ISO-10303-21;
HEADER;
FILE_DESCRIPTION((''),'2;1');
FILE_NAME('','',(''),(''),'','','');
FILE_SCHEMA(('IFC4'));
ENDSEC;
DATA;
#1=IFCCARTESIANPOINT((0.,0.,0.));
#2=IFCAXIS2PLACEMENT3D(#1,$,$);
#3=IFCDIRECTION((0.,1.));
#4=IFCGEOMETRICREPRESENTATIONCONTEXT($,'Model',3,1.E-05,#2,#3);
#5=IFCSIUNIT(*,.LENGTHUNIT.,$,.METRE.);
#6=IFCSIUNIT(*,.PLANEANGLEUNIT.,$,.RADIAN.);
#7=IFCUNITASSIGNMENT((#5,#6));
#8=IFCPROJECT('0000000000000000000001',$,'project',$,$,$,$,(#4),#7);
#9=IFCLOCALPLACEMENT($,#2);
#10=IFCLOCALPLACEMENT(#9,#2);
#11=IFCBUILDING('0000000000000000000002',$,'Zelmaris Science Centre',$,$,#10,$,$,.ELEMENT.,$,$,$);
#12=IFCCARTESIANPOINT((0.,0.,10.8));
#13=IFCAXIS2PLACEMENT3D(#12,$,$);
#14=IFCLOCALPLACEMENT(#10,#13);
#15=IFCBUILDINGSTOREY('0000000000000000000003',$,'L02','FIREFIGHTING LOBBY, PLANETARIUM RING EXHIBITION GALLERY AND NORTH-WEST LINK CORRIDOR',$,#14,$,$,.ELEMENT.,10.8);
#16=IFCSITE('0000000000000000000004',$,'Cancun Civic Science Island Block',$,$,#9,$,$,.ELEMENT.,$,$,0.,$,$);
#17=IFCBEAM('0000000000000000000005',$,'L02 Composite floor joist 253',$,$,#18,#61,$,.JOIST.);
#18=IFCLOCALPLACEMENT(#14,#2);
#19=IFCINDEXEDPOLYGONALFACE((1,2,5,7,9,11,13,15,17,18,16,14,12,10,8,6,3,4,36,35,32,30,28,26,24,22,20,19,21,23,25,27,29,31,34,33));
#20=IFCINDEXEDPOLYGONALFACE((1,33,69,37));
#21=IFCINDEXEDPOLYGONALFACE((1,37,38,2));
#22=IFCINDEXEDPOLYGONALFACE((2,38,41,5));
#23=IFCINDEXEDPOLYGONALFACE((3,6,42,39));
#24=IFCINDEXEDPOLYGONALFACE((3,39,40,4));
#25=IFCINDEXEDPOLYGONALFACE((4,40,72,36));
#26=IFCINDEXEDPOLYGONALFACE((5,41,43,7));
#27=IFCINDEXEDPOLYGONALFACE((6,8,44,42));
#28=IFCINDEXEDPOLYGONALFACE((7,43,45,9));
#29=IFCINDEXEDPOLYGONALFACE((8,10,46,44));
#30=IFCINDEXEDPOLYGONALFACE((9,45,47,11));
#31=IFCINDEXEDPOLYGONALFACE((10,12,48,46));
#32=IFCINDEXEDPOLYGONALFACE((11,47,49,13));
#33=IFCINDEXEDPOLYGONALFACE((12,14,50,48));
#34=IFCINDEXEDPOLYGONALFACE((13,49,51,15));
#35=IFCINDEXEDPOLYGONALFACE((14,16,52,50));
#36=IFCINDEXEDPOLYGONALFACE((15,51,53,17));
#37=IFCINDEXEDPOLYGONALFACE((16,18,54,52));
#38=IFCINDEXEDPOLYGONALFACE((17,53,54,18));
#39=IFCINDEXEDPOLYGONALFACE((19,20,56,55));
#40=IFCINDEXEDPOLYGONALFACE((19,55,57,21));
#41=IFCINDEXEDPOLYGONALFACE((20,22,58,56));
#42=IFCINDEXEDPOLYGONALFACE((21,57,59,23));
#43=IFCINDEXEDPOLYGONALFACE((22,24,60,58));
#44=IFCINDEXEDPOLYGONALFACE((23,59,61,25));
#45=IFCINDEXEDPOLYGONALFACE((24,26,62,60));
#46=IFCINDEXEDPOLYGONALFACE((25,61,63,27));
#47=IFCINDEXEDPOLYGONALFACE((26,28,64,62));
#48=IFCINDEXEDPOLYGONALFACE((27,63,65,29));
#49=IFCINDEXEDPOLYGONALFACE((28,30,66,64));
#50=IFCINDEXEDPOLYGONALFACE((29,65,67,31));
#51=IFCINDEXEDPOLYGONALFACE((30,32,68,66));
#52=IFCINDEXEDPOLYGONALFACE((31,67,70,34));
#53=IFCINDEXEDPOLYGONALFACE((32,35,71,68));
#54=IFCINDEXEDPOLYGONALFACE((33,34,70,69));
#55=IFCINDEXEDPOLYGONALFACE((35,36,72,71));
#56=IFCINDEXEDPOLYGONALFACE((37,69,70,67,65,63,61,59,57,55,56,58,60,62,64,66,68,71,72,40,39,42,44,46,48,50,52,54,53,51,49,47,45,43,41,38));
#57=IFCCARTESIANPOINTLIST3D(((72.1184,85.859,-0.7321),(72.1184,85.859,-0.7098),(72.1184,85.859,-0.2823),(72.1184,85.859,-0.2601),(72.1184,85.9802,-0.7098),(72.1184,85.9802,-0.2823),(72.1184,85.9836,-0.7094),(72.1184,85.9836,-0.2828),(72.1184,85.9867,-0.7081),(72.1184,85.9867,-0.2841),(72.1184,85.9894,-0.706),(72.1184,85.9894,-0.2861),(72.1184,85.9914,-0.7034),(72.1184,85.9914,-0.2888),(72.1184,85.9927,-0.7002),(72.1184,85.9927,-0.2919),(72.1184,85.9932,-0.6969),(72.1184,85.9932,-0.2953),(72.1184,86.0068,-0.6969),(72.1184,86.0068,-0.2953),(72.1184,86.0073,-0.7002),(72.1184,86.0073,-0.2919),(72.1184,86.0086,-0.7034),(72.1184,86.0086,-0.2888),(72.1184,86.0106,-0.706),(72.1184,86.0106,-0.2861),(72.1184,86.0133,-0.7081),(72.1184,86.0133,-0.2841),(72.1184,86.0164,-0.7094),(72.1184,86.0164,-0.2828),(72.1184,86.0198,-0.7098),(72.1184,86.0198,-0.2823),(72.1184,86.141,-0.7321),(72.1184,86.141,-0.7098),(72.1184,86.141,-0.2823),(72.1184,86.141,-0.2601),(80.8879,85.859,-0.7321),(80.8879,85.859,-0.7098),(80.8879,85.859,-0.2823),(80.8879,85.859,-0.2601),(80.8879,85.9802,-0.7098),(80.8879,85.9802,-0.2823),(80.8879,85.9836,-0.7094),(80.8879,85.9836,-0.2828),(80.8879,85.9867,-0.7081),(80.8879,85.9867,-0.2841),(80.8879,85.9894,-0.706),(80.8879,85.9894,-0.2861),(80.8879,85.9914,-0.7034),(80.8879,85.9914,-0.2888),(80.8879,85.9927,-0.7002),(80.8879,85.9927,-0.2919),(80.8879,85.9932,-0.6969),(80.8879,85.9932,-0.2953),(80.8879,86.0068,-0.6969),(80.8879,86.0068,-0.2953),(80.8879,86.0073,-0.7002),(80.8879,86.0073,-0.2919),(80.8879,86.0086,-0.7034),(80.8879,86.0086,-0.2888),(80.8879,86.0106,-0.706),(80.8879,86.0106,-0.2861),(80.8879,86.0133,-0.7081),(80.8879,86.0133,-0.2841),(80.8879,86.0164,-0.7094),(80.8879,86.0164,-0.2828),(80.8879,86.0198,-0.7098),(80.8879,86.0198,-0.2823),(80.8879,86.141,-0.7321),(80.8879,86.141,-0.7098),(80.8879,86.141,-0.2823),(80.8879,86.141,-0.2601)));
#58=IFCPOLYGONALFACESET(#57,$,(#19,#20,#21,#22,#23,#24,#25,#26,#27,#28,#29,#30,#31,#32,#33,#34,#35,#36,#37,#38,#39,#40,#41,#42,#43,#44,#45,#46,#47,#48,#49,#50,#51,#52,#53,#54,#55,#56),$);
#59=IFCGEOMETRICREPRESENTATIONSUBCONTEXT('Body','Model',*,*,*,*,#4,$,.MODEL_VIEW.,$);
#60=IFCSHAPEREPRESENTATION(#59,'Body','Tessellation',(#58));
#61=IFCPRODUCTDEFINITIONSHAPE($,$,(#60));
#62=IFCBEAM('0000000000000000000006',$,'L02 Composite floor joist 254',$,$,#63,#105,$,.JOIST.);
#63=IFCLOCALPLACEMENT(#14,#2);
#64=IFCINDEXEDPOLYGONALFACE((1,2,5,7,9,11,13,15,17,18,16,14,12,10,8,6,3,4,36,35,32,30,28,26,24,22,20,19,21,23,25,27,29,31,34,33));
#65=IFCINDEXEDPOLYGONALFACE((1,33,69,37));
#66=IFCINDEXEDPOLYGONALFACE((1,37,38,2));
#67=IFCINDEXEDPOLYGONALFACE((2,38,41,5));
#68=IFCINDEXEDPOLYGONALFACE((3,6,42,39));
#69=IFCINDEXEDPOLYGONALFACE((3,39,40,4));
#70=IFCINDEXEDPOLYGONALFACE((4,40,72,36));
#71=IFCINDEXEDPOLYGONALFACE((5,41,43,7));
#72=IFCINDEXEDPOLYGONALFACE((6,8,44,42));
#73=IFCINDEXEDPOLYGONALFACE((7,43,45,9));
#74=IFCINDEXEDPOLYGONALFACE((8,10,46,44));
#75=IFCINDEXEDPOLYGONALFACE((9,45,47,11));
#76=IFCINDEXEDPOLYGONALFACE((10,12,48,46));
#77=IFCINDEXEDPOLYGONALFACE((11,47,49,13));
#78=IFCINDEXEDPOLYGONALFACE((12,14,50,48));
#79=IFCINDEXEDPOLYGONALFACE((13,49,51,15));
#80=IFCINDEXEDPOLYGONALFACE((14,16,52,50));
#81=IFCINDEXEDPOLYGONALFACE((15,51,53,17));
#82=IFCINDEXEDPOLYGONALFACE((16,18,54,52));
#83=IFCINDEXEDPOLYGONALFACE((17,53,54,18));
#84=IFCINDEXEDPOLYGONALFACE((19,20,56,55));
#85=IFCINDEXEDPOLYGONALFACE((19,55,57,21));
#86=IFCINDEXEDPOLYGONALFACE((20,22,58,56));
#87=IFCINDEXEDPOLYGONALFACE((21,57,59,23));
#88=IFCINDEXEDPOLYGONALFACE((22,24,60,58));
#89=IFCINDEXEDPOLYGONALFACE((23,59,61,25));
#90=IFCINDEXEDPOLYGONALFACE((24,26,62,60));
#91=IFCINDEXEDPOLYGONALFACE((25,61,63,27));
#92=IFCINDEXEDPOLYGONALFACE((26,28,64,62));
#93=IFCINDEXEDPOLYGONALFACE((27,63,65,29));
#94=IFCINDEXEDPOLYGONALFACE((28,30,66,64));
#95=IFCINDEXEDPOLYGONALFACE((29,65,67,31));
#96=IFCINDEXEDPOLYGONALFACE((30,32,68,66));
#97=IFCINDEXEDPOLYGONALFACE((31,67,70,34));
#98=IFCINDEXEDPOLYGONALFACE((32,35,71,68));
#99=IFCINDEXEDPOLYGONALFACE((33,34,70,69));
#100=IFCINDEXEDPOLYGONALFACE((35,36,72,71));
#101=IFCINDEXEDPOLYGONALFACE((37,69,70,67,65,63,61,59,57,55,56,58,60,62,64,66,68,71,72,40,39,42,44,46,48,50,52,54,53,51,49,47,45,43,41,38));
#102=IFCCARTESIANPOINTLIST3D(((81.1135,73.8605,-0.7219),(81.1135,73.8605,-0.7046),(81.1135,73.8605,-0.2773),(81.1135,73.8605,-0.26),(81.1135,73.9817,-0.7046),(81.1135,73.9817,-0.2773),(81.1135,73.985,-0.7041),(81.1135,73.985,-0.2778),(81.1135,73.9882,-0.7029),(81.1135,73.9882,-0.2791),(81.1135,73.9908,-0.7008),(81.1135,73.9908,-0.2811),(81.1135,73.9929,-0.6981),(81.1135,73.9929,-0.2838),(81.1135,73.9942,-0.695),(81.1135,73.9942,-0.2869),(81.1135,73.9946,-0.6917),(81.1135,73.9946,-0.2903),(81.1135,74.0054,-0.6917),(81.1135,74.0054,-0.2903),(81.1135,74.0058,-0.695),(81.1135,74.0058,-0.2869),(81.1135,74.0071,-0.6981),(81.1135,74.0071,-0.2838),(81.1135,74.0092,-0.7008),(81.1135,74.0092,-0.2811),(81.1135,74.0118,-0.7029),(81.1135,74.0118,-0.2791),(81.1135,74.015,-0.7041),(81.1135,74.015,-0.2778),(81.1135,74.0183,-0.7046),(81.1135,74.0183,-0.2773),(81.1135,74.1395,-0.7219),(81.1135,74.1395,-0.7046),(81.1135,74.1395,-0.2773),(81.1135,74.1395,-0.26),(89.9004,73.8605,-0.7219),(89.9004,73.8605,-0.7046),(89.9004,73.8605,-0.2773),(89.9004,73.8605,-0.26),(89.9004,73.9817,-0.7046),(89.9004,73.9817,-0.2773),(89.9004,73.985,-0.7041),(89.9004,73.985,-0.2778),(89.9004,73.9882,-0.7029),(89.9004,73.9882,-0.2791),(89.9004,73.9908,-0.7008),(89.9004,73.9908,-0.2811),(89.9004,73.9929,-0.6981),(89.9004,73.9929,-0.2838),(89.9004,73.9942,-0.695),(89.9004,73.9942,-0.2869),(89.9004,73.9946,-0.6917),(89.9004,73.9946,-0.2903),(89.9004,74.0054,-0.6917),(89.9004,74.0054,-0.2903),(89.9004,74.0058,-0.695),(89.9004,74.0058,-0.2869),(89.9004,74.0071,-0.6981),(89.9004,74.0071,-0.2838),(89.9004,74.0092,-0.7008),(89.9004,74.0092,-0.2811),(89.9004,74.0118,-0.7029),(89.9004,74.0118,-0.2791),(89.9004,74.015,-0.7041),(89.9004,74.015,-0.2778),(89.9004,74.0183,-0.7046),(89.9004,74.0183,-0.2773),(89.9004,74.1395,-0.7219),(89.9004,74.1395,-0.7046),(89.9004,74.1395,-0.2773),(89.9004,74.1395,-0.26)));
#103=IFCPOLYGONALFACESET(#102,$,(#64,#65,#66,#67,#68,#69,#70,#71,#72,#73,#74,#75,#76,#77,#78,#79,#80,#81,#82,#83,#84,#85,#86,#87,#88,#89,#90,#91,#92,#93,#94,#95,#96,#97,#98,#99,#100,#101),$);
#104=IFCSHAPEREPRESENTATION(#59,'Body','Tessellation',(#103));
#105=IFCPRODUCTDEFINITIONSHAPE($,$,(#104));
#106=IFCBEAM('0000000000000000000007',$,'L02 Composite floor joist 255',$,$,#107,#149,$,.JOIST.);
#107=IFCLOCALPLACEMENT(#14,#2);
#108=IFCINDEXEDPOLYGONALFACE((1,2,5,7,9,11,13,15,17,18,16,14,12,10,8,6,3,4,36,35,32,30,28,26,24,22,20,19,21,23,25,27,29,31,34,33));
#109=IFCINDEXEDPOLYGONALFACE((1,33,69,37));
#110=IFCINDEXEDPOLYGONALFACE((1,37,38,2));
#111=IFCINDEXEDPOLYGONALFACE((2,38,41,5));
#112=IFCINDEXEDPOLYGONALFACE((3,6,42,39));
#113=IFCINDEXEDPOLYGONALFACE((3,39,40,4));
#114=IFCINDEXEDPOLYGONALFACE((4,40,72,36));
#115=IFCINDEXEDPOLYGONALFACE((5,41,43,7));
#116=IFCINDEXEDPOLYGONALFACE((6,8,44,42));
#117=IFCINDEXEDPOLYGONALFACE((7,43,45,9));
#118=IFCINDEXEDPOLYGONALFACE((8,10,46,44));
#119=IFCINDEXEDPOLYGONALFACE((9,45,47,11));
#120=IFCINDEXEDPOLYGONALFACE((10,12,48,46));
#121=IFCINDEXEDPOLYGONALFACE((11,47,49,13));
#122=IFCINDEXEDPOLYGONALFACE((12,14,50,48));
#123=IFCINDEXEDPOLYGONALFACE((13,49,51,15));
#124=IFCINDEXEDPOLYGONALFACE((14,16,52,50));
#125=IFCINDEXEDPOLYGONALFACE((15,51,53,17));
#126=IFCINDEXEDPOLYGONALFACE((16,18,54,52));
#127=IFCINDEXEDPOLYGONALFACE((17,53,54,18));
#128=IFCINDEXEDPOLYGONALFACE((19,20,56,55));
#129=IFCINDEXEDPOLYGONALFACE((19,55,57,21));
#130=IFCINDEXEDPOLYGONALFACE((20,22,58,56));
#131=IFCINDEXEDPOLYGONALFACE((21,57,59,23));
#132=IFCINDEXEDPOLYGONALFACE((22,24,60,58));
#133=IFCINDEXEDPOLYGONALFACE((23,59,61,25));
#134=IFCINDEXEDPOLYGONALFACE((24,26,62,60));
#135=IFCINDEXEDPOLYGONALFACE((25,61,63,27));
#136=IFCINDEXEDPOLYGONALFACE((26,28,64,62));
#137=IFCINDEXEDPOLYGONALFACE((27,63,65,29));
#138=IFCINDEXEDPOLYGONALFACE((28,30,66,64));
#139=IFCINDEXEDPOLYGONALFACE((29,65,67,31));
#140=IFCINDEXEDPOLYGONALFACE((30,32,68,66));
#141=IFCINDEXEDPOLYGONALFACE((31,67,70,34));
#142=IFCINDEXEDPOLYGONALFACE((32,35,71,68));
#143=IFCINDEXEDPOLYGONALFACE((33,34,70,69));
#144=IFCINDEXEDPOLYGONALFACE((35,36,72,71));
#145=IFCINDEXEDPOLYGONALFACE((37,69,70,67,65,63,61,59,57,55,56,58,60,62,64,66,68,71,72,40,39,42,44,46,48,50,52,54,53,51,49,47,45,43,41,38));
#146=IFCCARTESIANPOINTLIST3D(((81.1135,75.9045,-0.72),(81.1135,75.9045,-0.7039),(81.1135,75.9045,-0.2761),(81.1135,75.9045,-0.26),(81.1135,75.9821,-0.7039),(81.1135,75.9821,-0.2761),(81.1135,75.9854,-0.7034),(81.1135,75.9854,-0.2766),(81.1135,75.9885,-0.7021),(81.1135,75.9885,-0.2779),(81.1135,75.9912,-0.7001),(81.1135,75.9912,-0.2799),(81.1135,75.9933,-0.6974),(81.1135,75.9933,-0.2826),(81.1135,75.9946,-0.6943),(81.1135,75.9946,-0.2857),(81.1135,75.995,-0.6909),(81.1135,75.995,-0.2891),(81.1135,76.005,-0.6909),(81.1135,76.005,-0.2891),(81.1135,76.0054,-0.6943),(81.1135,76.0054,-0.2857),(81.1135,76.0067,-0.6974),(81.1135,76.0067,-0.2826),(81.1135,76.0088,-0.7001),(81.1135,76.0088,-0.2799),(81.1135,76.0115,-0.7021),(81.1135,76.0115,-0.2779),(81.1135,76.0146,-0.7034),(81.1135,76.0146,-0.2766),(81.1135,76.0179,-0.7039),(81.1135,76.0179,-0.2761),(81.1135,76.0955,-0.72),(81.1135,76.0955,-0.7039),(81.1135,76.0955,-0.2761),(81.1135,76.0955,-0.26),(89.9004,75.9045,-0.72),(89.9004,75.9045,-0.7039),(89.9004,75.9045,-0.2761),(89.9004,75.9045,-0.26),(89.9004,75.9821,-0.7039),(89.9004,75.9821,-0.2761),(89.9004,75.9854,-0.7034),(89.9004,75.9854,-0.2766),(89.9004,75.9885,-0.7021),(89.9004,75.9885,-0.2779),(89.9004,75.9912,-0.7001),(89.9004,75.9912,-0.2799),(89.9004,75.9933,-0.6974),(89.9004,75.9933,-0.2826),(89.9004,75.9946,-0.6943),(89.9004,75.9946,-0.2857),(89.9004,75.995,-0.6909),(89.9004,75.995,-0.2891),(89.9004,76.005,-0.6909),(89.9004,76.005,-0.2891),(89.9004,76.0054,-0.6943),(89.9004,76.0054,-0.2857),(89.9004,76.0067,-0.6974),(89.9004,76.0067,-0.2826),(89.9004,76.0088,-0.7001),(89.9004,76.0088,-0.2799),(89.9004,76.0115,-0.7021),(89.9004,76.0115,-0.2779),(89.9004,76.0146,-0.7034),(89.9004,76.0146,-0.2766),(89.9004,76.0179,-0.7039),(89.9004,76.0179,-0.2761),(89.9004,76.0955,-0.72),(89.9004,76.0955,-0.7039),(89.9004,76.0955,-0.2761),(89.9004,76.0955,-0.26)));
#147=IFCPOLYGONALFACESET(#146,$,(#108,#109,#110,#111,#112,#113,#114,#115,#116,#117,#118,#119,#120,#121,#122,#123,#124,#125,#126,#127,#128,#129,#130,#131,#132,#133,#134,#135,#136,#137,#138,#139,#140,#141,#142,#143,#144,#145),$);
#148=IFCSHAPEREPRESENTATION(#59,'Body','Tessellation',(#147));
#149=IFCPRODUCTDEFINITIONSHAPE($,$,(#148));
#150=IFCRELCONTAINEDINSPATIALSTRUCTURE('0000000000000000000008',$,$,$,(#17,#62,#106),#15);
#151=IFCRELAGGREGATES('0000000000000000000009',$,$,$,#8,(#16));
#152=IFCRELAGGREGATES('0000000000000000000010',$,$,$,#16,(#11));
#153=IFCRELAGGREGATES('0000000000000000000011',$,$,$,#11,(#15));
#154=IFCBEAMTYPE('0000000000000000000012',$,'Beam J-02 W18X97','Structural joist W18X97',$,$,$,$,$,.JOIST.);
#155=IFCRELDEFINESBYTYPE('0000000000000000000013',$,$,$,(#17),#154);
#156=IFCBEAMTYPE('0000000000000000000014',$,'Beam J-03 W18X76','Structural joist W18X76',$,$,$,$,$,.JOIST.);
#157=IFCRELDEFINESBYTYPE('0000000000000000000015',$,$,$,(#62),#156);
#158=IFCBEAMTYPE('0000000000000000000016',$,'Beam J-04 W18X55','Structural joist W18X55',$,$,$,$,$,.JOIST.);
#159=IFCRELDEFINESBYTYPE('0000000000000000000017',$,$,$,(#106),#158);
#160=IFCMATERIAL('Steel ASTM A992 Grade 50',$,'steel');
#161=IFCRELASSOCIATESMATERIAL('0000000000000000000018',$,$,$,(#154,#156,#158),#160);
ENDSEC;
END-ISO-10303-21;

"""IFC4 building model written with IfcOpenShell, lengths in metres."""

from ifc_helpers import new_model, si_unit, direction, frame, origin, origin_2d, place, context, subcontext, project, spatial, i_section, extrude, material, material_profile, profile_set, type_object, element, save


model = new_model("IFC4")

# Units and contexts
model_context = context("Model", 3, precision=1e-05, world=origin(), true_north=direction((0.0, 1.0)))
body_context = subcontext(model_context, "Body", "Model", "MODEL_VIEW")
ifc_project = project(units=[si_unit("LENGTHUNIT", "METRE"), si_unit("PLANEANGLEUNIT", "RADIAN")], contexts=[model_context])

# Site, building, storey
site_placement = place(None, origin())
site = spatial("IfcSite", under=ifc_project, at=site_placement, Name="Cancun Civic Science Island Block", CompositionType="ELEMENT", RefElevation=0.0)
building_placement = place(site_placement, origin())
building = spatial("IfcBuilding", under=site, at=building_placement, Name="Zelmaris Science Centre", CompositionType="ELEMENT")
storey_placement = place(building_placement, frame((0.0, 0.0, 10.8)))
storey = spatial("IfcBuildingStorey", under=building, at=storey_placement, Name="L02", Description="FIREFIGHTING LOBBY, PLANETARIUM RING EXHIBITION GALLERY AND NORTH-WEST LINK CORRIDOR", CompositionType="ELEMENT", Elevation=10.8)

# Shared definitions
ifc_material_1 = material(Name="Steel ASTM A992 Grade 50", Category="steel")

# Beams
ifc_material_profile_1 = material_profile(ifc_material_1, i_section(OverallWidth=0.282, OverallDepth=0.4719, WebThickness=0.0137, FlangeThickness=0.0222, FilletRadius=0.0129, at=origin_2d()), Name="W18X97")
ifc_profile_set_1 = profile_set([ifc_material_profile_1], Name="Steel ASTM A992 Grade 50")
beam_type_1 = type_object("IfcBeamType", Name="Beam J-02 W18X97", Description="Structural joist W18X97", PredefinedType="JOIST", material=ifc_profile_set_1)
beam_1_placement = place(storey_placement, frame((72.1184, 86.0, -0.4961), z_axis=(1.0, 0.0, 0.0), x_axis=(0.0, 1.0, 0.0)))
element("IfcBeam", 1, at=beam_1_placement, inside=storey, type_object=beam_type_1, Name="L02 Composite floor joist 253", PredefinedType="JOIST", context=body_context, shape_type="SweptSolid", body=[
    extrude(i_section(OverallWidth=0.282, OverallDepth=0.4719, WebThickness=0.0137, FlangeThickness=0.0222, FilletRadius=0.0129, at=origin_2d()), origin(), (0.0, 0.0, 1.0), 8.7695),
])
ifc_material_profile_2 = material_profile(ifc_material_1, i_section(OverallWidth=0.2791, OverallDepth=0.4619, WebThickness=0.0107, FlangeThickness=0.0173, FilletRadius=0.0129, at=origin_2d()), Name="W18X76")
ifc_profile_set_2 = profile_set([ifc_material_profile_2], Name="Steel ASTM A992 Grade 50")
beam_type_2 = type_object("IfcBeamType", Name="Beam J-03 W18X76", Description="Structural joist W18X76", PredefinedType="JOIST", material=ifc_profile_set_2)
beam_2_placement = place(storey_placement, frame((81.1135, 74.0, -0.491), z_axis=(1.0, 0.0, 0.0), x_axis=(0.0, 1.0, 0.0)))
element("IfcBeam", 2, at=beam_2_placement, inside=storey, type_object=beam_type_2, Name="L02 Composite floor joist 254", PredefinedType="JOIST", context=body_context, shape_type="SweptSolid", body=[
    extrude(i_section(OverallWidth=0.2791, OverallDepth=0.4619, WebThickness=0.0107, FlangeThickness=0.0173, FilletRadius=0.0129, at=origin_2d()), origin(), (0.0, 0.0, 1.0), 8.7869),
])
ifc_material_profile_3 = material_profile(ifc_material_1, i_section(OverallWidth=0.1909, OverallDepth=0.46, WebThickness=0.01, FlangeThickness=0.0161, FilletRadius=0.0129, at=origin_2d()), Name="W18X55")
ifc_profile_set_3 = profile_set([ifc_material_profile_3], Name="Steel ASTM A992 Grade 50")
beam_type_3 = type_object("IfcBeamType", Name="Beam J-04 W18X55", Description="Structural joist W18X55", PredefinedType="JOIST", material=ifc_profile_set_3)
beam_3_placement = place(storey_placement, frame((81.1135, 76.0, -0.49), z_axis=(1.0, 0.0, 0.0), x_axis=(0.0, 1.0, 0.0)))
element("IfcBeam", 3, at=beam_3_placement, inside=storey, type_object=beam_type_3, Name="L02 Composite floor joist 255", PredefinedType="JOIST", context=body_context, shape_type="SweptSolid", body=[
    extrude(i_section(OverallWidth=0.1909, OverallDepth=0.46, WebThickness=0.01, FlangeThickness=0.0161, FilletRadius=0.0129, at=origin_2d()), origin(), (0.0, 0.0, 1.0), 8.7869),
])

save(model, "model.ifc")
